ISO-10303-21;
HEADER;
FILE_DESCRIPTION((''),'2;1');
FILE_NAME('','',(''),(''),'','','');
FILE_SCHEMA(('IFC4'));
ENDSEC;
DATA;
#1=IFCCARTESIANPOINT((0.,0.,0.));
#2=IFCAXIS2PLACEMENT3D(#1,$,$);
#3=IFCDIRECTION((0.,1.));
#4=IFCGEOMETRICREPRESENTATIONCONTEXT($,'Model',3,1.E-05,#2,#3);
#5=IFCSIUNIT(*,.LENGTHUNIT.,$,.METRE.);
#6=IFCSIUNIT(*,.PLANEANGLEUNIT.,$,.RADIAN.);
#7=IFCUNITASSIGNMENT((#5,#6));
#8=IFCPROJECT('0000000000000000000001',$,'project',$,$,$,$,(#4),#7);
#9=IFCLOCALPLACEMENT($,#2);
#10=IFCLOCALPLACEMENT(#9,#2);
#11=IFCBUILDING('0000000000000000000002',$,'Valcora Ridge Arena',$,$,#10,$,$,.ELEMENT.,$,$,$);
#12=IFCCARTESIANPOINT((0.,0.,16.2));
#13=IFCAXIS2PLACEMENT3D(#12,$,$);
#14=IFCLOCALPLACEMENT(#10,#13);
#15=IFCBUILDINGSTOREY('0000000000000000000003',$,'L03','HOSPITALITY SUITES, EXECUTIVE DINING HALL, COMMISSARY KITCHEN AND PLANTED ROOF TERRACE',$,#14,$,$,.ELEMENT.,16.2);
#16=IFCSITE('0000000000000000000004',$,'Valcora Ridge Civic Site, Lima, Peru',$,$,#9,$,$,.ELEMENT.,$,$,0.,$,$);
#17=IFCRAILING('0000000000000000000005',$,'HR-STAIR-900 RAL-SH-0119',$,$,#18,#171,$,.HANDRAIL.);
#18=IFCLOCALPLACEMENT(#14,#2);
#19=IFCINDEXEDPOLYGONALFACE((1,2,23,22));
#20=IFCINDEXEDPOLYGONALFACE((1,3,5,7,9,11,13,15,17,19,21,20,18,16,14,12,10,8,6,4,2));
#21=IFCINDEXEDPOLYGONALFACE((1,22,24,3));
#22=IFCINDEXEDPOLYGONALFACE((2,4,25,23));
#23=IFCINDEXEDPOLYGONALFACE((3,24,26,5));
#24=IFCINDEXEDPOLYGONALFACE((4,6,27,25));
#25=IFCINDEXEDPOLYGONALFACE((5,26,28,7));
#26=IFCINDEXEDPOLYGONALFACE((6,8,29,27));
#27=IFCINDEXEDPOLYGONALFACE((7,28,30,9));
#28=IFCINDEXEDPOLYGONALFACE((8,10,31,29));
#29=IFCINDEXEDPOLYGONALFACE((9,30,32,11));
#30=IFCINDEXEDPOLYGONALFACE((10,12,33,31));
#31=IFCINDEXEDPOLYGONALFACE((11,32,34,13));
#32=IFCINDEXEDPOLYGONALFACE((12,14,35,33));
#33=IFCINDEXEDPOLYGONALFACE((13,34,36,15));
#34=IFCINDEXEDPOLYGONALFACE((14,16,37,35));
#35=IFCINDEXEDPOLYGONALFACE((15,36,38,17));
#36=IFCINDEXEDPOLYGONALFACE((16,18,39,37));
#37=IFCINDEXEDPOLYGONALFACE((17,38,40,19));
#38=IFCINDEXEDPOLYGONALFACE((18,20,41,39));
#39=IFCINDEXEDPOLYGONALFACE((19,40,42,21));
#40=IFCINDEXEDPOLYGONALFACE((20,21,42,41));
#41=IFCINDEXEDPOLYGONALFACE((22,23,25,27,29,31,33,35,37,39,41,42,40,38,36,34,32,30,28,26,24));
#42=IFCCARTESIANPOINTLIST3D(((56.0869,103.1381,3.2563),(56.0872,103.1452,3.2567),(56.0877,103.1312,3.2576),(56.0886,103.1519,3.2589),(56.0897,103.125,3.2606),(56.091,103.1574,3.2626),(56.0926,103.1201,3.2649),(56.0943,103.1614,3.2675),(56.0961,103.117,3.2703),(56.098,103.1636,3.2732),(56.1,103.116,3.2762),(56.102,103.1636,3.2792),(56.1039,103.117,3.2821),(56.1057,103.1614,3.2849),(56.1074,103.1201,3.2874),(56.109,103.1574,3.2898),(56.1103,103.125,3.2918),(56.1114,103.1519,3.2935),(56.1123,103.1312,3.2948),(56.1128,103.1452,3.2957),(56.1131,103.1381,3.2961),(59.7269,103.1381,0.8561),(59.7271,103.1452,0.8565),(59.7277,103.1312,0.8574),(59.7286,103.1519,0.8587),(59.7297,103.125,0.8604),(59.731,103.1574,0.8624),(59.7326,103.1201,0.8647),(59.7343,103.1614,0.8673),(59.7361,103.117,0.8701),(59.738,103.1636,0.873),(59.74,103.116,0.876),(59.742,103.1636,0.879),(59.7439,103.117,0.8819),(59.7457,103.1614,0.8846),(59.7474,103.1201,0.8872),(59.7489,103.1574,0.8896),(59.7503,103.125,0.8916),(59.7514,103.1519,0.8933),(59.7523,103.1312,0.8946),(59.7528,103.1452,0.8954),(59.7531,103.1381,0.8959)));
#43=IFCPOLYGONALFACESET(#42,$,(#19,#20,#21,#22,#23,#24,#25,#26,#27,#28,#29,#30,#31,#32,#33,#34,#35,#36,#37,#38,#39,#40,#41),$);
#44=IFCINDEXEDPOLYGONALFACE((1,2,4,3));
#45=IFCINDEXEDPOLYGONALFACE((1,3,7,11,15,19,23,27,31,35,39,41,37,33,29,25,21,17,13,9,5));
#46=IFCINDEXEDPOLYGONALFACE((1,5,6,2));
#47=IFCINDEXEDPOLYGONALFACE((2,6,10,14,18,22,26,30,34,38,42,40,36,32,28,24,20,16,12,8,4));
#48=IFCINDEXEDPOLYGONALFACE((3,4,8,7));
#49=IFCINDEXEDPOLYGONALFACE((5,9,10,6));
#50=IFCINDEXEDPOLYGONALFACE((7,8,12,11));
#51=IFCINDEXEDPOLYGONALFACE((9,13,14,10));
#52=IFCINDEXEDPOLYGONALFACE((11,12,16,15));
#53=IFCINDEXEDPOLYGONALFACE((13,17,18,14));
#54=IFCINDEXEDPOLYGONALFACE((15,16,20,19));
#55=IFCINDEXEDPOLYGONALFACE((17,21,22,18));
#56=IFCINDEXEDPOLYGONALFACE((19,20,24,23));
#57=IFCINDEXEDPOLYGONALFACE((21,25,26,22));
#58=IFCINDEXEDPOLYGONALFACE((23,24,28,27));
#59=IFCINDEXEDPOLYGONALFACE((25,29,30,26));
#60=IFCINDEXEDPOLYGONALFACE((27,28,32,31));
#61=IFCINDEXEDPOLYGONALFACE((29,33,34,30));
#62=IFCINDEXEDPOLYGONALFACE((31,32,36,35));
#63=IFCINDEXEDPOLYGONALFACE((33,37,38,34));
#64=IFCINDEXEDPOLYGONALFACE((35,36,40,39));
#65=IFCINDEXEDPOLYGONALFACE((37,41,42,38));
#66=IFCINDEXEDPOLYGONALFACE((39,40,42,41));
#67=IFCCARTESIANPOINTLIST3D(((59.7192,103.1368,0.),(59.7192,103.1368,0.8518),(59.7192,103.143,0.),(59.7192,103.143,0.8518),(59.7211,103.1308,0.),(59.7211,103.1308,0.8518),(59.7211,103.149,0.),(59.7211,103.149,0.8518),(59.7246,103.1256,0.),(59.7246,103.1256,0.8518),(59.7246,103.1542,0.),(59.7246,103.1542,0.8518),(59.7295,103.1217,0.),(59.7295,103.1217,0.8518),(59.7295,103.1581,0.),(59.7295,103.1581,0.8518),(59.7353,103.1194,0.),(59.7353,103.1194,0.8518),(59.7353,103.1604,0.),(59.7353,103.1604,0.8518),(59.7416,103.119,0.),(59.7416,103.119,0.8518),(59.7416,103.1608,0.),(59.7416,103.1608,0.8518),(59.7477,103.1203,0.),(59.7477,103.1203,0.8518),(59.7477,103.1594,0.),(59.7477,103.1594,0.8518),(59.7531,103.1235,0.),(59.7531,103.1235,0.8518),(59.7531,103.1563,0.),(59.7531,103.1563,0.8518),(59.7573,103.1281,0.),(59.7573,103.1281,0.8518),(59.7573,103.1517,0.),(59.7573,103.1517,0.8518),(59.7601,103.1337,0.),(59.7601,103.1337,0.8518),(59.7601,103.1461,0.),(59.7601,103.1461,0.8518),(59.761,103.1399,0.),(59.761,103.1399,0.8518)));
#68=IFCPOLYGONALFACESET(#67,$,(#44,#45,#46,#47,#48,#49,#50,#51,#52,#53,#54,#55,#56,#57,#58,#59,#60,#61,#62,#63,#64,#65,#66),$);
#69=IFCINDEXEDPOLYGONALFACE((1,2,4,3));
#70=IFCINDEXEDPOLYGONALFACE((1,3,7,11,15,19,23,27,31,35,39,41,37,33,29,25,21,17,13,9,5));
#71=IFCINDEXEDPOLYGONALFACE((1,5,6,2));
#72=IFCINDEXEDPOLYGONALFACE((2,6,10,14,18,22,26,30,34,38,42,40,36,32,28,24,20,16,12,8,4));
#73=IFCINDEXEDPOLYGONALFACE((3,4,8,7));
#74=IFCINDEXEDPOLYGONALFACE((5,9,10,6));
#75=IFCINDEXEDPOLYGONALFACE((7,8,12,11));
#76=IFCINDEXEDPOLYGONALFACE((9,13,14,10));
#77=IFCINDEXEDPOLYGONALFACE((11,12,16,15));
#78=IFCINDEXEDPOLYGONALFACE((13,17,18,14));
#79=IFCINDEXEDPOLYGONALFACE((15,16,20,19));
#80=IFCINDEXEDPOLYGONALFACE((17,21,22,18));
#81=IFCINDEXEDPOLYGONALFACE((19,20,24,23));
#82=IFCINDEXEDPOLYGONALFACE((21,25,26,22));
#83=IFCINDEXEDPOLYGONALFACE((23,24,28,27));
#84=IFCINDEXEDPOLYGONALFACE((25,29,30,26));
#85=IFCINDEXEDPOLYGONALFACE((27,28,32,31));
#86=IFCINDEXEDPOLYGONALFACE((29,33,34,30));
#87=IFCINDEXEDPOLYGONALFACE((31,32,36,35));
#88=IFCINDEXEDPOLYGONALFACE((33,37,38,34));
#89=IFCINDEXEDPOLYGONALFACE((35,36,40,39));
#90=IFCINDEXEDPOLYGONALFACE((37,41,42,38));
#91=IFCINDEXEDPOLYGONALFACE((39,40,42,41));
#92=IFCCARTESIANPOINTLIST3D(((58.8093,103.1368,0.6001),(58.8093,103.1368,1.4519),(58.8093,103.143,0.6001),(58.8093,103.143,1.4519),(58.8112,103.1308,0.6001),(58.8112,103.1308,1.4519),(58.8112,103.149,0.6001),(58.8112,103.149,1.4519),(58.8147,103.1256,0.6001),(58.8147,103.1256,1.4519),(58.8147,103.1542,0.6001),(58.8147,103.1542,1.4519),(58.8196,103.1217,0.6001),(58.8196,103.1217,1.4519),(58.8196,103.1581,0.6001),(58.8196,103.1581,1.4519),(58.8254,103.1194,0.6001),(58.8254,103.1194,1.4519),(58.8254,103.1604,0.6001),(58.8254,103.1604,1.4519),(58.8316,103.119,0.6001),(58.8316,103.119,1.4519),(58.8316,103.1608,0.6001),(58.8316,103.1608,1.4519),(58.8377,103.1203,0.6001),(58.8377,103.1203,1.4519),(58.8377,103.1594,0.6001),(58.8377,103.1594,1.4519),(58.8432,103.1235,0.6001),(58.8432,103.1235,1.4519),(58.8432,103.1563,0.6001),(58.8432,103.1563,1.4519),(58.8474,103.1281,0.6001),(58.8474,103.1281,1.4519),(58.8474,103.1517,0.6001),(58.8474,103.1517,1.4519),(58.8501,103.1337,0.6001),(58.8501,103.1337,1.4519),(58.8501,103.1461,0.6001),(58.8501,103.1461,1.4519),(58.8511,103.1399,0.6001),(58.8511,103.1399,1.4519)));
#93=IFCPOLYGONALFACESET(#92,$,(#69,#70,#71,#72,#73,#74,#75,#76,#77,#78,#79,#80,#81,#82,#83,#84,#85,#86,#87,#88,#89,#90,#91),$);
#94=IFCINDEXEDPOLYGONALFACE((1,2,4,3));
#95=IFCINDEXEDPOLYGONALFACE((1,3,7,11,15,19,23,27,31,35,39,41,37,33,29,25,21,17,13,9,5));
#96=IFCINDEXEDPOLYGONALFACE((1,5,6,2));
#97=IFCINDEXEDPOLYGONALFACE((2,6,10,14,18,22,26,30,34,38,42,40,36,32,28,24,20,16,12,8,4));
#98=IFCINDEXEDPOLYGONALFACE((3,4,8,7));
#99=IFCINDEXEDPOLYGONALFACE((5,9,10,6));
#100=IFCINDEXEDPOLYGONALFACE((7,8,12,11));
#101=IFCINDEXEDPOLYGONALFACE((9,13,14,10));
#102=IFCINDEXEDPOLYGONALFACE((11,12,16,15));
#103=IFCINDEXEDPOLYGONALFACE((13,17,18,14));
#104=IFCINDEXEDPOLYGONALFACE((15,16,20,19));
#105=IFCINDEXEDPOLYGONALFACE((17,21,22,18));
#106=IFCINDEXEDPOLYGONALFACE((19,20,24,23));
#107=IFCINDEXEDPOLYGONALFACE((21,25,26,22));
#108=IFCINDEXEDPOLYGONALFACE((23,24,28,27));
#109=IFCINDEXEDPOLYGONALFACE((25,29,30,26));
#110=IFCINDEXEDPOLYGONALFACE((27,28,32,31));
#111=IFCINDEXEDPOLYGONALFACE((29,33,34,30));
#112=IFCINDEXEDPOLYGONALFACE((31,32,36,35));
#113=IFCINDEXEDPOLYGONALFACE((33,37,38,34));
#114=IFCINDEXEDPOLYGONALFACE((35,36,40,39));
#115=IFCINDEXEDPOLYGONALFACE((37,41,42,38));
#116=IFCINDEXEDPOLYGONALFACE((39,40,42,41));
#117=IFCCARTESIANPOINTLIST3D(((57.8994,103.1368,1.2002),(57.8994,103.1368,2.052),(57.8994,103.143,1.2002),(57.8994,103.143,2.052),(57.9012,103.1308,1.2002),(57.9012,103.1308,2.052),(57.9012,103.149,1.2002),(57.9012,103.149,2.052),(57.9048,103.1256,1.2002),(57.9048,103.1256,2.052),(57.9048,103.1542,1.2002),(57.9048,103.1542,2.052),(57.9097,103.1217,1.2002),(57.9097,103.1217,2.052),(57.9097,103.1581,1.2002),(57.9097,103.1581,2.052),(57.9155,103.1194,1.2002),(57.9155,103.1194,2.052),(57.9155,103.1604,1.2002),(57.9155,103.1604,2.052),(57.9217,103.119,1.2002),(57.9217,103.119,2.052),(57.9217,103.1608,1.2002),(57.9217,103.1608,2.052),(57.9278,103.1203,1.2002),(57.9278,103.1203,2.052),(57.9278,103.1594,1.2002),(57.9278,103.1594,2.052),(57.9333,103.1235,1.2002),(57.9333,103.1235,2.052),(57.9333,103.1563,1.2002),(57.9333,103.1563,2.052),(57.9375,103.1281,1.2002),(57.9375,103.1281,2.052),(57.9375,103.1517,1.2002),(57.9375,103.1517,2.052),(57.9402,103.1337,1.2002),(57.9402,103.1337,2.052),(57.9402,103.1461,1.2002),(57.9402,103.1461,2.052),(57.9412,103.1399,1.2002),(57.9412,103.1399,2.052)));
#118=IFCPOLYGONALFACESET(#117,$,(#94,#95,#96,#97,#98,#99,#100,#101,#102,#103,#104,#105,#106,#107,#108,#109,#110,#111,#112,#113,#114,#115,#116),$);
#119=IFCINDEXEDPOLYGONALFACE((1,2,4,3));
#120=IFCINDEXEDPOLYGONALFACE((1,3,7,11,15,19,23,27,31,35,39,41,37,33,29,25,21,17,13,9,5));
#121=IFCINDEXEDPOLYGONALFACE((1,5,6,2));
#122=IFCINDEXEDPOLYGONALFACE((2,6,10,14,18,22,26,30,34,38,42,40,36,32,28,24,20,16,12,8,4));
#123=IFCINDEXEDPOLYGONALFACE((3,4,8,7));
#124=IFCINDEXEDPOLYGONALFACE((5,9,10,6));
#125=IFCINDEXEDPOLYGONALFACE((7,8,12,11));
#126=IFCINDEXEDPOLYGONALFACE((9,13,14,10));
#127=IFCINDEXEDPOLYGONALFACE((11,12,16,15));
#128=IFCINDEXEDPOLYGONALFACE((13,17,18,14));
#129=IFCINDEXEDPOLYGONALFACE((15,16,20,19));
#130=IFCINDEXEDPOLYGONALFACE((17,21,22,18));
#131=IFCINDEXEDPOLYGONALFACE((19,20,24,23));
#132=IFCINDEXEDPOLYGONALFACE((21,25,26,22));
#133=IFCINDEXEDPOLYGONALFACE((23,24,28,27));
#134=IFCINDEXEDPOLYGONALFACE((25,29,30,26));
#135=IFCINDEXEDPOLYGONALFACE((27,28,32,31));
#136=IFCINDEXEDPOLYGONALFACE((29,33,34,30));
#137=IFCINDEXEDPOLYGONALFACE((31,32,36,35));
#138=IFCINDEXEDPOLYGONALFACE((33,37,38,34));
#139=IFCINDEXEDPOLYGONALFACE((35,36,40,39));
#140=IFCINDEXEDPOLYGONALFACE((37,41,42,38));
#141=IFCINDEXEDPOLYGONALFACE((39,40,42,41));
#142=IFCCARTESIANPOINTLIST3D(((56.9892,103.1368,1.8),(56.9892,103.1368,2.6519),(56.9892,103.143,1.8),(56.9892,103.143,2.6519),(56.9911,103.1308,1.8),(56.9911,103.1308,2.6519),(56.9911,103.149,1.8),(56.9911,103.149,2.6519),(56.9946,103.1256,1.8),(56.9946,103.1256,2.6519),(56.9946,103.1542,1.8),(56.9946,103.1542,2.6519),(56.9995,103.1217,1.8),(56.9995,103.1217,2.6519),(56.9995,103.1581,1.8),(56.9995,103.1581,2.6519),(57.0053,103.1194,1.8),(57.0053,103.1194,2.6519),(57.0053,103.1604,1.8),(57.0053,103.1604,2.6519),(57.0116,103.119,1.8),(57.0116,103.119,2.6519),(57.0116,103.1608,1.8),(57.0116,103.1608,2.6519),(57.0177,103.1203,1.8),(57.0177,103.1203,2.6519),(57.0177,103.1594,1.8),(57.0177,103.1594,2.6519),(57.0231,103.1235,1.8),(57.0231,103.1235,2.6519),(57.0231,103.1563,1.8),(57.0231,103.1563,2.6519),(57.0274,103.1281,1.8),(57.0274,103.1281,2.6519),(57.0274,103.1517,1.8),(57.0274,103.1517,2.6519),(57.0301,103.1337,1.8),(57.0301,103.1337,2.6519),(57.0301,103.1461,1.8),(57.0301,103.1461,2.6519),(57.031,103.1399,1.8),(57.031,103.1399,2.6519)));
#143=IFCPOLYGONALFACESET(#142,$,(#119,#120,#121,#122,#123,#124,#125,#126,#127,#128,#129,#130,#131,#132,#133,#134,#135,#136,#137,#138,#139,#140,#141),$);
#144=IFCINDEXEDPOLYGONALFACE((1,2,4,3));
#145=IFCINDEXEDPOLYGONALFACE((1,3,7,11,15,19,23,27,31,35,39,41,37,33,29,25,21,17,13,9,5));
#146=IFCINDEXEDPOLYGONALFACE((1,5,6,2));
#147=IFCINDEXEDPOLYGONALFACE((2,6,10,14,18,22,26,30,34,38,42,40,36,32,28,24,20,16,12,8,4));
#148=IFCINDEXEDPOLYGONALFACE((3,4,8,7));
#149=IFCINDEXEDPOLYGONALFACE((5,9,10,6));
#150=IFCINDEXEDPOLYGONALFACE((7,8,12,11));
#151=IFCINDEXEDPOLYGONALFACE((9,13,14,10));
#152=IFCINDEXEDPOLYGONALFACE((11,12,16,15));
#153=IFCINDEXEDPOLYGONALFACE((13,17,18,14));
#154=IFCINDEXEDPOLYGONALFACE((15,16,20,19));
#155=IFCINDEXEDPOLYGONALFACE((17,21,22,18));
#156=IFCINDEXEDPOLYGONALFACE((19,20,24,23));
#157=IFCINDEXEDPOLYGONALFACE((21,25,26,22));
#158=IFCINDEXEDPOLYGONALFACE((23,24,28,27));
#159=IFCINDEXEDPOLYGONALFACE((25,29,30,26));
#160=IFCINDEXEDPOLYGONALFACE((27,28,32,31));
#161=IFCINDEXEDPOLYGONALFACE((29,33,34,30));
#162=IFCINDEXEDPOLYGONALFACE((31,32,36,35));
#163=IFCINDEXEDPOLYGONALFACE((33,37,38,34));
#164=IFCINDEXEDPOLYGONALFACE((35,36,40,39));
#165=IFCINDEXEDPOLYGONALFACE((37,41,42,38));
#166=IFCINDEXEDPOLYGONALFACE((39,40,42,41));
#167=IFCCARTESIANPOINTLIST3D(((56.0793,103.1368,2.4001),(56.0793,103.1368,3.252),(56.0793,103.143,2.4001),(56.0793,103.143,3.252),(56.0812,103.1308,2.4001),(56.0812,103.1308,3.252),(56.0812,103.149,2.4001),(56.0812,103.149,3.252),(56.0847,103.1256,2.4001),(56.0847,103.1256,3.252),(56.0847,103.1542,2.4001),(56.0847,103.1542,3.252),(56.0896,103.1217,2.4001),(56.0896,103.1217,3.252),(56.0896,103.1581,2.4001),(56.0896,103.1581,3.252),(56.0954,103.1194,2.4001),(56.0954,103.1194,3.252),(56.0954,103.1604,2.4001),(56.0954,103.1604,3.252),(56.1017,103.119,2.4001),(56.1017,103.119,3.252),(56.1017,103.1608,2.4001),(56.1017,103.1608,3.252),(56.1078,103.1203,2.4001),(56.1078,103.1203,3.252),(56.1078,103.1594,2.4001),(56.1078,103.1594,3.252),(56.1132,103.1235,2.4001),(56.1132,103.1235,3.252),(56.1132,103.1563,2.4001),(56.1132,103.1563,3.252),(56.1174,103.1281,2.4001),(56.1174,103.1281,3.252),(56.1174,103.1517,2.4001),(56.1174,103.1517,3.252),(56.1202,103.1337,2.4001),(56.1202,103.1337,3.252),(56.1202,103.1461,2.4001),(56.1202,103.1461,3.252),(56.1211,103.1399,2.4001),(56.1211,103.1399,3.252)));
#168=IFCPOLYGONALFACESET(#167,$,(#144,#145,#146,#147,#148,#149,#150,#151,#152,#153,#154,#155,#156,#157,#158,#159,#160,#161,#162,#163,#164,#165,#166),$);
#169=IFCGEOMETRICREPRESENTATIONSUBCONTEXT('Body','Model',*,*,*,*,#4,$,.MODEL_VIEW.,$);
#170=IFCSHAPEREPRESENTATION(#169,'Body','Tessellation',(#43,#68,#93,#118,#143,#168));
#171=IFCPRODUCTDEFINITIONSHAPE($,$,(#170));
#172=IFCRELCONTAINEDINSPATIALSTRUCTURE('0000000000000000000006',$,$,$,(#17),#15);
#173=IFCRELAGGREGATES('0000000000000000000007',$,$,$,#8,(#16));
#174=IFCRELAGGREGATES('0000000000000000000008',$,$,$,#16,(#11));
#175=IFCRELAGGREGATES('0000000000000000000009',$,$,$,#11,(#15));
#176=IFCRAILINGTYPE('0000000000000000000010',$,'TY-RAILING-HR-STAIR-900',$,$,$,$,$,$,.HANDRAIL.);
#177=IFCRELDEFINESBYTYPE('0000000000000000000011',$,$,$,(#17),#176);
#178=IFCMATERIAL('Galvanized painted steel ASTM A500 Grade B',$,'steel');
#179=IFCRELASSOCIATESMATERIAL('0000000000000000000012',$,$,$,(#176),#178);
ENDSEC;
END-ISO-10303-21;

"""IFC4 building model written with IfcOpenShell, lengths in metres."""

from ifc_helpers import new_model, si_unit, direction, frame, origin, origin_2d, place, context, subcontext, project, spatial, circle, extrude, material, type_object, element, save


model = new_model("IFC4")

# Units and contexts
model_context = context("Model", 3, precision=1e-05, world=origin(), true_north=direction((0.0, 1.0)))
body_context = subcontext(model_context, "Body", "Model", "MODEL_VIEW")
ifc_project = project(units=[si_unit("LENGTHUNIT", "METRE"), si_unit("PLANEANGLEUNIT", "RADIAN")], contexts=[model_context])

# Site, building, storey
site_placement = place(None, origin())
site = spatial("IfcSite", under=ifc_project, at=site_placement, Name="Valcora Ridge Civic Site, Lima, Peru", CompositionType="ELEMENT", RefElevation=0.0)
building_placement = place(site_placement, origin())
building = spatial("IfcBuilding", under=site, at=building_placement, Name="Valcora Ridge Arena", CompositionType="ELEMENT")
storey_placement = place(building_placement, frame((0.0, 0.0, 16.2)))
storey = spatial("IfcBuildingStorey", under=building, at=storey_placement, Name="L03", Description="HOSPITALITY SUITES, EXECUTIVE DINING HALL, COMMISSARY KITCHEN AND PLANTED ROOF TERRACE", CompositionType="ELEMENT", Elevation=16.2)

# Railing
ifc_material_1 = material(Name="Galvanized painted steel ASTM A500 Grade B", Category="steel")
railing_type_1 = type_object("IfcRailingType", Name="TY-RAILING-HR-STAIR-900", PredefinedType="HANDRAIL", material=ifc_material_1)
for number, where, name in (
    (1, (59.74, 103.1399, 0.0), "HR-STAIR-900 RAL-SH-0119"),
):
    element("IfcRailing", number, at=place(storey_placement, frame(where)), inside=storey, type_object=railing_type_1, Name=name, PredefinedType="HANDRAIL", context=body_context, shape_type="SweptSolid", body=[
        extrude(circle(Radius=0.0239, at=origin_2d()), frame((0.0, 0.0, 0.876), z_axis=(-0.834839, 0.0, 0.550493), x_axis=(0.0, -1.0, 0.0)), (0.0, 0.0, 1.0), 4.3601),
        extrude(circle(Radius=0.021, at=origin_2d()), origin(), (0.0, 0.0, 1.0), 0.8518),
        extrude(circle(Radius=0.021, at=origin_2d()), frame((-0.9099, 0.0, 0.6001)), (0.0, 0.0, 1.0), 0.8518),
        extrude(circle(Radius=0.021, at=origin_2d()), frame((-1.8198, 0.0, 1.2002)), (0.0, 0.0, 1.0), 0.8518),
        extrude(circle(Radius=0.021, at=origin_2d()), frame((-2.73, 0.0, 1.8)), (0.0, 0.0, 1.0), 0.8518),
        extrude(circle(Radius=0.021, at=origin_2d()), frame((-3.6399, 0.0, 2.4001)), (0.0, 0.0, 1.0), 0.8518),
    ])

save(model, "model.ifc")
